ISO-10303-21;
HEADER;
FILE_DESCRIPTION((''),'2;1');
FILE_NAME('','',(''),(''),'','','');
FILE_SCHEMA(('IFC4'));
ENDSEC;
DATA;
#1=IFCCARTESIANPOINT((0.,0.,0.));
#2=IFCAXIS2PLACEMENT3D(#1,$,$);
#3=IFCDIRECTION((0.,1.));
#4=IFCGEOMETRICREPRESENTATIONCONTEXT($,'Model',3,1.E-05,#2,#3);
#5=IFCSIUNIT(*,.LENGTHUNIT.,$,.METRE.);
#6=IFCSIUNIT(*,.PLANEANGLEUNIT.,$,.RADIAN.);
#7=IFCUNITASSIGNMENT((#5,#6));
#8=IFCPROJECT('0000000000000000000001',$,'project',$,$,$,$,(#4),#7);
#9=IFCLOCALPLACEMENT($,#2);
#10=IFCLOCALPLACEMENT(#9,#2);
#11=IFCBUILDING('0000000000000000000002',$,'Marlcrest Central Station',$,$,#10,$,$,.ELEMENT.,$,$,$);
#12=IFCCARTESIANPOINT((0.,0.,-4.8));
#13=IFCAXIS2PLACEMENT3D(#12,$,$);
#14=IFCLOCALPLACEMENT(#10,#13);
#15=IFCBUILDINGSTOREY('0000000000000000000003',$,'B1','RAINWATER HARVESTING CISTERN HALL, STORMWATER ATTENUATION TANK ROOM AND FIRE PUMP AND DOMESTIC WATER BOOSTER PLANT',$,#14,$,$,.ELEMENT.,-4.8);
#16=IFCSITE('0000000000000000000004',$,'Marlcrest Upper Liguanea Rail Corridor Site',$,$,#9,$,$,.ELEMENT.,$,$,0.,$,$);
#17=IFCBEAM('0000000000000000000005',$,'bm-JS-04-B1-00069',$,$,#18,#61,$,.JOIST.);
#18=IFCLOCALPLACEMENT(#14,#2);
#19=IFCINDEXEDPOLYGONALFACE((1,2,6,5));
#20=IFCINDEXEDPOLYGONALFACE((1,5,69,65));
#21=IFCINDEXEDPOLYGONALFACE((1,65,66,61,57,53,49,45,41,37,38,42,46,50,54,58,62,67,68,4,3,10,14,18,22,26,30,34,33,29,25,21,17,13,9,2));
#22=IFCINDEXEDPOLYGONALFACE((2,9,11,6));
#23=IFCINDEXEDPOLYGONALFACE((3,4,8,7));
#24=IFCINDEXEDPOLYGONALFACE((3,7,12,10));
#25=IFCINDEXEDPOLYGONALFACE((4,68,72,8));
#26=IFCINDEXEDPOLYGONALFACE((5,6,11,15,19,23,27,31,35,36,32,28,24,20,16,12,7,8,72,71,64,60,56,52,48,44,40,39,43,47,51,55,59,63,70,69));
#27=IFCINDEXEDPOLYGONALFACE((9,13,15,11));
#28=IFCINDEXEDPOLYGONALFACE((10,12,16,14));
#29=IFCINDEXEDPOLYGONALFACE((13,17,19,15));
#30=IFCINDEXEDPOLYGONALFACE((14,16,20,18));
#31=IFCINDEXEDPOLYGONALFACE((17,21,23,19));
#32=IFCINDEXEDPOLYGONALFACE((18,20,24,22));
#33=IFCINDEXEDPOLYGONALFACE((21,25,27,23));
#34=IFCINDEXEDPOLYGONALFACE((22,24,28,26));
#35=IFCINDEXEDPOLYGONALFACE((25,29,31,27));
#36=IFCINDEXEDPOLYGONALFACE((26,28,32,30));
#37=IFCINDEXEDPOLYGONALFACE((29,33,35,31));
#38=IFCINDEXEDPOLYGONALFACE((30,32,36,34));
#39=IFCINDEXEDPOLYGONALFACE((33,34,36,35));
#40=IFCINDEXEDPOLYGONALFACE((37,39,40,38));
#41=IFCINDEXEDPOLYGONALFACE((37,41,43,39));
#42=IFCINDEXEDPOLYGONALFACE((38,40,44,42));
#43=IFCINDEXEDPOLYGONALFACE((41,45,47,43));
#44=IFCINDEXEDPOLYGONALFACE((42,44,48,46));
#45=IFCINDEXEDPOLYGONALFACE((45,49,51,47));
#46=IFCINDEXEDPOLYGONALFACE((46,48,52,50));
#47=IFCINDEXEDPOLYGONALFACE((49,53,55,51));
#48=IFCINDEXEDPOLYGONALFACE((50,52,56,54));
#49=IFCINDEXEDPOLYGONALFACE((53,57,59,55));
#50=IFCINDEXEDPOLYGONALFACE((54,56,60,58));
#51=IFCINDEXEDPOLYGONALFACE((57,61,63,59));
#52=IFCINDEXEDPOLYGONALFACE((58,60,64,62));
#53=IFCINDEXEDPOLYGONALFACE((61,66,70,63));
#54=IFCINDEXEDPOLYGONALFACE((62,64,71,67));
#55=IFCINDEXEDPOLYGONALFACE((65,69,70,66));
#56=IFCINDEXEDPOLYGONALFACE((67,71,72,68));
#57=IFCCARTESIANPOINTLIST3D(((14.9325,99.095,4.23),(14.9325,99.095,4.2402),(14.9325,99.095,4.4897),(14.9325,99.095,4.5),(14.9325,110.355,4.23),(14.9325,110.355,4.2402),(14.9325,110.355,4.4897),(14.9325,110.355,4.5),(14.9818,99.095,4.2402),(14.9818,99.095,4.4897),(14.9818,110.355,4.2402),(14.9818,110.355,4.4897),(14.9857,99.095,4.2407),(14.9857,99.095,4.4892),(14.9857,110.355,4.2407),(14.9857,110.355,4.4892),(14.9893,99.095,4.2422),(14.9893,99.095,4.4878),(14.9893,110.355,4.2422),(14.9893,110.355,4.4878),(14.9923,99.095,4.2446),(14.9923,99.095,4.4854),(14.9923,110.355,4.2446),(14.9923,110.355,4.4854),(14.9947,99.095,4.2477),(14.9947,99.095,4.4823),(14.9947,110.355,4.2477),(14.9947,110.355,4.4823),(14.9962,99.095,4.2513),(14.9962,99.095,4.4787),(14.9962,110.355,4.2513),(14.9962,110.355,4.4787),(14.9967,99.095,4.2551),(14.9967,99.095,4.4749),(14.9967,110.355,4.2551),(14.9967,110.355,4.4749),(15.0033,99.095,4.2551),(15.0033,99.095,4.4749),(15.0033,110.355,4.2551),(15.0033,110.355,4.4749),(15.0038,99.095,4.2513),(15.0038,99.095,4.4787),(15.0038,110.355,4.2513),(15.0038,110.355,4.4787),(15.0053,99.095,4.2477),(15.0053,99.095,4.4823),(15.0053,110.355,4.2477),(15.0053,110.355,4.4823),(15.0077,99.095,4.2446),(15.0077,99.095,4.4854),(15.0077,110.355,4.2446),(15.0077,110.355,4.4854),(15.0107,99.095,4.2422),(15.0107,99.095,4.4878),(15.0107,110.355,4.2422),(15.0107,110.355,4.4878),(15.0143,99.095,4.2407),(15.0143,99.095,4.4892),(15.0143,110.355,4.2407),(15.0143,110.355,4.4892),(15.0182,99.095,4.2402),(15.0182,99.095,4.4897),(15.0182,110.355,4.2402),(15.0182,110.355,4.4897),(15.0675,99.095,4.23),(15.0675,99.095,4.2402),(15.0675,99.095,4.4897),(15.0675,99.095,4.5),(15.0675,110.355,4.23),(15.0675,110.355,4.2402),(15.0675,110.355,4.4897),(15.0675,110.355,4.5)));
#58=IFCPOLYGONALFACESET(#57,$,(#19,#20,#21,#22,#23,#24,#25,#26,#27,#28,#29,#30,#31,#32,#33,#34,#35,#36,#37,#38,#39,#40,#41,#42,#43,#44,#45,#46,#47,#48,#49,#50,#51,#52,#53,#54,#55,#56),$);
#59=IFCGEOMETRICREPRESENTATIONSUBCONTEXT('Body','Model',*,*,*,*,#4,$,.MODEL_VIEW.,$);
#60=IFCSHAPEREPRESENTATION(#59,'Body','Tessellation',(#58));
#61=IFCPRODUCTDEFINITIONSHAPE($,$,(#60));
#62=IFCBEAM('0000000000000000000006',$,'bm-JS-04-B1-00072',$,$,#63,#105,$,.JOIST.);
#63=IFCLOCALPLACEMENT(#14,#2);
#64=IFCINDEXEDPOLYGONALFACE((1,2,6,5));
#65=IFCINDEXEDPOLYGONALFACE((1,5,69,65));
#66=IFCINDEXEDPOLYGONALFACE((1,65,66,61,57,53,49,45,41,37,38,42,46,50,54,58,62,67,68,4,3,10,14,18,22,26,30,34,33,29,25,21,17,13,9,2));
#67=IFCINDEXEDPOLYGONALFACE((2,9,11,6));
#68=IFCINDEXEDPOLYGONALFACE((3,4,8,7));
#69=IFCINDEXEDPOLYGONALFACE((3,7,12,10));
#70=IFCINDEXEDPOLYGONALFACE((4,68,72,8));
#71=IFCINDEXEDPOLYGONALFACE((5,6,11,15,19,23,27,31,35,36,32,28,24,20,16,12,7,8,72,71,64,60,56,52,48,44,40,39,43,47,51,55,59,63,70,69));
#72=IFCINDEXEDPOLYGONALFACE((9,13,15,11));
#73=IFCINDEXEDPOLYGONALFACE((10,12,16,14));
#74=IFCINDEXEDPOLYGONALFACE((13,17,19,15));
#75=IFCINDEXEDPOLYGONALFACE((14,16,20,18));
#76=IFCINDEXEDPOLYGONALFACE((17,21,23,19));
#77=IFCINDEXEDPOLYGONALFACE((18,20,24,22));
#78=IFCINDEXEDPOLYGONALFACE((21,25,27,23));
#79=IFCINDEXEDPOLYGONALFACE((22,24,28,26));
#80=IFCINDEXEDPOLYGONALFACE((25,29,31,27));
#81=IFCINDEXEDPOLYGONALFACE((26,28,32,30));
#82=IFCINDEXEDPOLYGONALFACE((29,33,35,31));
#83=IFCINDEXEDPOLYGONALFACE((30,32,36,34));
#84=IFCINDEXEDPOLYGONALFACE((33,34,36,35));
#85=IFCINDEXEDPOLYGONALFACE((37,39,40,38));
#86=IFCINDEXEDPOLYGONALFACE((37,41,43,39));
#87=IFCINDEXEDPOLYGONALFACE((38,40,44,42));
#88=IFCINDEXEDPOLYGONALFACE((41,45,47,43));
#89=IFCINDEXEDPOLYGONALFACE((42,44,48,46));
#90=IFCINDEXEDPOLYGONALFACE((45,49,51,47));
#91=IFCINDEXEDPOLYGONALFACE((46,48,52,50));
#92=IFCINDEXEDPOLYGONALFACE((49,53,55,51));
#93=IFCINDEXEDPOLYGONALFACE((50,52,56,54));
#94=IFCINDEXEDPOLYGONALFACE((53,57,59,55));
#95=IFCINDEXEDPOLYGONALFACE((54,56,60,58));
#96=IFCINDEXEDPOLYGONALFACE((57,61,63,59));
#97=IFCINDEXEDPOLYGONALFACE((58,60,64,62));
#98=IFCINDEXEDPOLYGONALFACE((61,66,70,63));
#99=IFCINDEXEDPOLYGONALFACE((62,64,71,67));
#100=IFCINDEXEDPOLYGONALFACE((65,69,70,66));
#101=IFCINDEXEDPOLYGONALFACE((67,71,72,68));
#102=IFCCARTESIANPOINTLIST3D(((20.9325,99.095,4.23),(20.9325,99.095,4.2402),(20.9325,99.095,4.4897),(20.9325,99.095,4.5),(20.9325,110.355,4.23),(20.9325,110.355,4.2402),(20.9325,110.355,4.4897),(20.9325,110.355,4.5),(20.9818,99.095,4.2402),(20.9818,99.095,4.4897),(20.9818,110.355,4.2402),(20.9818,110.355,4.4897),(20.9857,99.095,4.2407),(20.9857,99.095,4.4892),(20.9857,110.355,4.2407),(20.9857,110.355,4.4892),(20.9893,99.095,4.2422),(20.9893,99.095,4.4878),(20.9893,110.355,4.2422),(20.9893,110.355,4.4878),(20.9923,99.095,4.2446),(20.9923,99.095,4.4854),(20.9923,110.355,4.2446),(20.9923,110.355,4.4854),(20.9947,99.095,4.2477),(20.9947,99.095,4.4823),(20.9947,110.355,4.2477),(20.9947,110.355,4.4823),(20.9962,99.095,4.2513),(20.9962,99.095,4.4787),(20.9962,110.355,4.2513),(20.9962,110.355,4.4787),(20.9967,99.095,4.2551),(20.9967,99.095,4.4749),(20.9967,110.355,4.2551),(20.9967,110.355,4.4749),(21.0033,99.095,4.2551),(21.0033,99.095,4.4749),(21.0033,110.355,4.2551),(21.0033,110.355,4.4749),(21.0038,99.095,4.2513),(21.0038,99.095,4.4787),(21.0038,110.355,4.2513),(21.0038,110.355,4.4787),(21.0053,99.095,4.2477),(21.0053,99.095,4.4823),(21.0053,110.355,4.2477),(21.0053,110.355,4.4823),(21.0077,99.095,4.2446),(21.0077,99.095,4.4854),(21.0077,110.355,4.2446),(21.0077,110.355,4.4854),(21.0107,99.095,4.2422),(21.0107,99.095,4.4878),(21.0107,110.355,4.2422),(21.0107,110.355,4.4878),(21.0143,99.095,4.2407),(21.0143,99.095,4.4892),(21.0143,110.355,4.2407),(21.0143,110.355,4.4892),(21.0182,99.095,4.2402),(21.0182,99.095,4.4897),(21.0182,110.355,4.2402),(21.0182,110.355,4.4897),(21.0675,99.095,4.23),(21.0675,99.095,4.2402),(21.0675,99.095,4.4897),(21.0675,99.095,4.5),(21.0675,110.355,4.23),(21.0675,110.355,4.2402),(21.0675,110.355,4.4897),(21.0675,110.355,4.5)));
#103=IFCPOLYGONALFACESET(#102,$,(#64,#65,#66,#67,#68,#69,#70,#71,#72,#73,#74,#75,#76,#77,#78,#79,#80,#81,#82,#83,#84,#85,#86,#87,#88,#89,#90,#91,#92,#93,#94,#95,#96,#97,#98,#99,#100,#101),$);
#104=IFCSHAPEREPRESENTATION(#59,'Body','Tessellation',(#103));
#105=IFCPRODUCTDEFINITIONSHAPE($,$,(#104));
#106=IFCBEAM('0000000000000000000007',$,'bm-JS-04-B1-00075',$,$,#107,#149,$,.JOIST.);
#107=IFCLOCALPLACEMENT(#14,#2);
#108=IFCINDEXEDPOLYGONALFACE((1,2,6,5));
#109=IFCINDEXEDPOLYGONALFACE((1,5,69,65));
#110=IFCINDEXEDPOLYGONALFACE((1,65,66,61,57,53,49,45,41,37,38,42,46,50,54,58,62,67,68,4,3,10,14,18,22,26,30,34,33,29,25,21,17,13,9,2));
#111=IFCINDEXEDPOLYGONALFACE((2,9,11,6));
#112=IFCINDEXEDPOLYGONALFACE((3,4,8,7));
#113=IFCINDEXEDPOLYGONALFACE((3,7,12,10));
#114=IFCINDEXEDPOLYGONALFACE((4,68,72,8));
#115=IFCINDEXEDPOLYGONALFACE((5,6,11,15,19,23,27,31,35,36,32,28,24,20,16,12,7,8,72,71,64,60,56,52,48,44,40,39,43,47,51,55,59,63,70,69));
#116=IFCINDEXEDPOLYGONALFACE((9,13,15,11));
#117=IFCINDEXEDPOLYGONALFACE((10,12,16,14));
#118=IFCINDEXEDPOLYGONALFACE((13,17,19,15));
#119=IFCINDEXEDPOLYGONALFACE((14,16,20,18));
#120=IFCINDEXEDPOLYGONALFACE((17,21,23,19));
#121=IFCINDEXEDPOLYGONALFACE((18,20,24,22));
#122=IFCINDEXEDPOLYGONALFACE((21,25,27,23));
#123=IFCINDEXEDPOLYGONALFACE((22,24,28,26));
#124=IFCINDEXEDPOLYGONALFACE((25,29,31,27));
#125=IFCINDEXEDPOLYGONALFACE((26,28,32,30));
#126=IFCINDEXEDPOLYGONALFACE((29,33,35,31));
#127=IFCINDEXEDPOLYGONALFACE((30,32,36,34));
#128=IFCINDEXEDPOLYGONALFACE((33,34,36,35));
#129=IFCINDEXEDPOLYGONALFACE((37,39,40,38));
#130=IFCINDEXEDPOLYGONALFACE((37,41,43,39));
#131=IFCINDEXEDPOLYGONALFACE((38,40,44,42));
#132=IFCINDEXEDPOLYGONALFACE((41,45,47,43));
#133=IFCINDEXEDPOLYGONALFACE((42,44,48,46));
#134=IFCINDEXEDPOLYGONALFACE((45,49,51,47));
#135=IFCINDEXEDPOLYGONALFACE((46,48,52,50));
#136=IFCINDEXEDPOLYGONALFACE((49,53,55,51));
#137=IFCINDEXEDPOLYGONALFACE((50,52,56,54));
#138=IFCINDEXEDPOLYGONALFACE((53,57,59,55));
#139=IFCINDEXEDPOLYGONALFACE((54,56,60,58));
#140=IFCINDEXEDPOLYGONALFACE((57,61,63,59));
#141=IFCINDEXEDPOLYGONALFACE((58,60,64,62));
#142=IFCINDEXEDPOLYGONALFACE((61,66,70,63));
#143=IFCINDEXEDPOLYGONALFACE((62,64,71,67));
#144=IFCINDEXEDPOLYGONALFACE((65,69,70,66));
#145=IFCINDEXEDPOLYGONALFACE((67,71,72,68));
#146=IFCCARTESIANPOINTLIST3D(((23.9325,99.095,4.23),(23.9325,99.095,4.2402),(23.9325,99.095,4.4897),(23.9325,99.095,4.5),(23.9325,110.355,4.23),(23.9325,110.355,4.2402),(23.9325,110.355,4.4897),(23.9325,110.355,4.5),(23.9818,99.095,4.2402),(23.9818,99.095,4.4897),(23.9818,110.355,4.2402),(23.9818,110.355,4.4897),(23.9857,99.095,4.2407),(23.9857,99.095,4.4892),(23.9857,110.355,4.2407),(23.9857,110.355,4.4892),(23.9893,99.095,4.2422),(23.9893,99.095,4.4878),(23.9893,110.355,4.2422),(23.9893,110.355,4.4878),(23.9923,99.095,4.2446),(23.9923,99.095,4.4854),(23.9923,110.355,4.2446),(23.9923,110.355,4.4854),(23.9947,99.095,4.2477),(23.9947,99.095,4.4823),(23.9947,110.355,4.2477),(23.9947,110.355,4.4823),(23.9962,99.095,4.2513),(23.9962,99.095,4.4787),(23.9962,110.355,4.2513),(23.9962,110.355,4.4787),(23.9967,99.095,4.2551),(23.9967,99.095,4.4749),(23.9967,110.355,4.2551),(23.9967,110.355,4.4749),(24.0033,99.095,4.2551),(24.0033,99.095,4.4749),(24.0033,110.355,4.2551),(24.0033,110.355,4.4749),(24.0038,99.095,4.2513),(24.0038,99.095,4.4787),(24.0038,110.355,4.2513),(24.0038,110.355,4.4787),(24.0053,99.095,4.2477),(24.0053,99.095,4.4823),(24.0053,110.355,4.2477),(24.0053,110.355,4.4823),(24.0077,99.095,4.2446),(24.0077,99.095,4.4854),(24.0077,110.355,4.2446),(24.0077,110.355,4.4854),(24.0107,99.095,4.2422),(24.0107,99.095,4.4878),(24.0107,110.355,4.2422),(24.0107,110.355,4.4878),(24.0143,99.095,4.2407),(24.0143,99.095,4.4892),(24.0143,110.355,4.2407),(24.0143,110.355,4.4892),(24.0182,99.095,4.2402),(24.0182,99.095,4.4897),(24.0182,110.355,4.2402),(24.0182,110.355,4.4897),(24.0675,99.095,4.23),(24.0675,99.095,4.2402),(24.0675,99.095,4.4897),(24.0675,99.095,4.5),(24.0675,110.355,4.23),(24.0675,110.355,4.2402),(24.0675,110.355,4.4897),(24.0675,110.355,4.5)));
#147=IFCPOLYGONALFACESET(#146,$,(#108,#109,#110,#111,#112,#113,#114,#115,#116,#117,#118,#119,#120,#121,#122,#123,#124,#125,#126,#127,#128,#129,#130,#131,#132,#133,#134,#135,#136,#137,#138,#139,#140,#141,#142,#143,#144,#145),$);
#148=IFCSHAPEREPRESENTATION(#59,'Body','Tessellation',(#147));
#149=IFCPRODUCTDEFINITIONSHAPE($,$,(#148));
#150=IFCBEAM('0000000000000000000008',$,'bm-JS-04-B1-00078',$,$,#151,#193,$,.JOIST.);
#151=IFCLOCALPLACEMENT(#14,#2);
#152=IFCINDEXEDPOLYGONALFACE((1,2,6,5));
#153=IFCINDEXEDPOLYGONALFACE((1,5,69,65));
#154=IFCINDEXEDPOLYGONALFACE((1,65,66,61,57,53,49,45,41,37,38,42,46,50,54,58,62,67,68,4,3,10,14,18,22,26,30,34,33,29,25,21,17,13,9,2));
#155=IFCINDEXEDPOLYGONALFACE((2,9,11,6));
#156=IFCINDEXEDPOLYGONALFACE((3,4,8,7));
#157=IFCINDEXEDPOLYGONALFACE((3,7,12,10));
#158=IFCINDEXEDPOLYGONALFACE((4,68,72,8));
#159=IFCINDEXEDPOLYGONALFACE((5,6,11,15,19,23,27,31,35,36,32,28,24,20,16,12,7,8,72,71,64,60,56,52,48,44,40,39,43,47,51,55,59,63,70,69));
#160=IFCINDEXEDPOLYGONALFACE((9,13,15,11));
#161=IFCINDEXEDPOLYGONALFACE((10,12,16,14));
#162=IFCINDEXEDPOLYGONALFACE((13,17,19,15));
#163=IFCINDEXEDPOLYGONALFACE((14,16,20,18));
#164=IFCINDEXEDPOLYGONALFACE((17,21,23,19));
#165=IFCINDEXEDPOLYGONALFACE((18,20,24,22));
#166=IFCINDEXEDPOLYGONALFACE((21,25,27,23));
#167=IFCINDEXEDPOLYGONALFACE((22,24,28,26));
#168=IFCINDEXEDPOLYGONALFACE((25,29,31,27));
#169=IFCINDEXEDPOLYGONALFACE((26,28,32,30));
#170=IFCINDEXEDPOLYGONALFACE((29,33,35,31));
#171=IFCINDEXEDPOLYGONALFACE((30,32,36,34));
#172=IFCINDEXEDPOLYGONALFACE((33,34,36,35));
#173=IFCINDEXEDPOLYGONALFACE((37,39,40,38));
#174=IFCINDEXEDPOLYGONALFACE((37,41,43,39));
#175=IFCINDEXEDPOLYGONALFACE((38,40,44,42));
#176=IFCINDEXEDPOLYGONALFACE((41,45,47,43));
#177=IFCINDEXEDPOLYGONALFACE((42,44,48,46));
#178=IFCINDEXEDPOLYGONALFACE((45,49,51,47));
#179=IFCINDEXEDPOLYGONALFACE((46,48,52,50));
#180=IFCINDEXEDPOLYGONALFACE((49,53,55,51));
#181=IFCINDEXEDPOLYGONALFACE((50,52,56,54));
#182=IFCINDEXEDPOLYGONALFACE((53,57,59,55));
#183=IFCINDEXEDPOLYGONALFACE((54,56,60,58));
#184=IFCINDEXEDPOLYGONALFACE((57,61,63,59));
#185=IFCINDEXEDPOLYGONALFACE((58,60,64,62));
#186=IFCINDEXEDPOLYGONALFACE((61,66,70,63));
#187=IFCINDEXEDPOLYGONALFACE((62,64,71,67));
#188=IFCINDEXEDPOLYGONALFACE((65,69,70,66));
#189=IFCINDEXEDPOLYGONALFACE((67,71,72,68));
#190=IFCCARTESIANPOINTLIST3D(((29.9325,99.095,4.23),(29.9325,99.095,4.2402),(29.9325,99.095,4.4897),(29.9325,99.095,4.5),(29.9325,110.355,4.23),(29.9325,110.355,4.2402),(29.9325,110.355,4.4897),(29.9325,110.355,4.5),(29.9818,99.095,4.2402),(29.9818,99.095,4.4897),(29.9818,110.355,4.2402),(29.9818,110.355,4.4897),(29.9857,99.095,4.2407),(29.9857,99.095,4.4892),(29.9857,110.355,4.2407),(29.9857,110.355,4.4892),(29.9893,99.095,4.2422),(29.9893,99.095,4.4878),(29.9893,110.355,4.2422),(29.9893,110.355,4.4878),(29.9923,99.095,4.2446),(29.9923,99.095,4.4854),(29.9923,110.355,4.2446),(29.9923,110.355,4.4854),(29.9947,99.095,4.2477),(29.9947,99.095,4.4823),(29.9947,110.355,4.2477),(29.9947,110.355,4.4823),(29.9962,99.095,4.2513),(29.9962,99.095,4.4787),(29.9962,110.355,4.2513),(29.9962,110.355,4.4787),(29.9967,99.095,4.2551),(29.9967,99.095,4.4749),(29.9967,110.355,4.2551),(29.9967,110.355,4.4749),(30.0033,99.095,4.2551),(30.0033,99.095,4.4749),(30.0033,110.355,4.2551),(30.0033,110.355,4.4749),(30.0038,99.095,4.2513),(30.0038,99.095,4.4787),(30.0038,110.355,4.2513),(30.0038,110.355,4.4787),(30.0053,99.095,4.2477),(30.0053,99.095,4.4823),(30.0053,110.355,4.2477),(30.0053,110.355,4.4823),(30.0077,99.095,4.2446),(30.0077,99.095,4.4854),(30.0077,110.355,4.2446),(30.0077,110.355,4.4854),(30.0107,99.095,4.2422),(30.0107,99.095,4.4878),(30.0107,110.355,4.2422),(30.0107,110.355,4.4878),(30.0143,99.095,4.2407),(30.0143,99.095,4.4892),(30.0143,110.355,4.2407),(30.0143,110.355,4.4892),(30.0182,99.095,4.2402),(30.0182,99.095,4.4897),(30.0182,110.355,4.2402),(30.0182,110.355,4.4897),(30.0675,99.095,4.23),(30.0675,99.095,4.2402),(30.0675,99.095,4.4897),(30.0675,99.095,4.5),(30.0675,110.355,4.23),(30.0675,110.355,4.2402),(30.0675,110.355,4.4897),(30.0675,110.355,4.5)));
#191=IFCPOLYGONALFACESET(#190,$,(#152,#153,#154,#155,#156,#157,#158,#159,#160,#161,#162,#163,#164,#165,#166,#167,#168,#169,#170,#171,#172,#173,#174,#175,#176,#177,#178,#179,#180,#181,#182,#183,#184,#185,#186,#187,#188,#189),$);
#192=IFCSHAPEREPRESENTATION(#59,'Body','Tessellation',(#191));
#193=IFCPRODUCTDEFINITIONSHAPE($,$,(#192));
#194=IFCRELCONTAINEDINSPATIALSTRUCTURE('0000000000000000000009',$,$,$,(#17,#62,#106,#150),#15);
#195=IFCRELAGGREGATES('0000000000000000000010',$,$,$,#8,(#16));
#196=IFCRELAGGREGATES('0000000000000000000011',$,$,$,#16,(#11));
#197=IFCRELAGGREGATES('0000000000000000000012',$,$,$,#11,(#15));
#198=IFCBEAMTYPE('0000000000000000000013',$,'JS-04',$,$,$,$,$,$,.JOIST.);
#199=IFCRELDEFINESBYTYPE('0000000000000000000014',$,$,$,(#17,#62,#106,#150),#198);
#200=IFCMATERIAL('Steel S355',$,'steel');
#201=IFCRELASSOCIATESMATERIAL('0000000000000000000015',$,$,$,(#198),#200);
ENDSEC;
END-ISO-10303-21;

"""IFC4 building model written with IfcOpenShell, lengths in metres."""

from ifc_helpers import new_model, si_unit, direction, frame, origin, origin_2d, place, context, subcontext, project, spatial, i_section, extrude, material, material_profile, profile_set, type_object, element, save


model = new_model("IFC4")

# Units and contexts
model_context = context("Model", 3, precision=1e-05, world=origin(), true_north=direction((0.0, 1.0)))
body_context = subcontext(model_context, "Body", "Model", "MODEL_VIEW")
ifc_project = project(units=[si_unit("LENGTHUNIT", "METRE"), si_unit("PLANEANGLEUNIT", "RADIAN")], contexts=[model_context])

# Site, building, storey
site_placement = place(None, origin())
site = spatial("IfcSite", under=ifc_project, at=site_placement, Name="Marlcrest Upper Liguanea Rail Corridor Site", CompositionType="ELEMENT", RefElevation=0.0)
building_placement = place(site_placement, origin())
building = spatial("IfcBuilding", under=site, at=building_placement, Name="Marlcrest Central Station", CompositionType="ELEMENT")
storey_placement = place(building_placement, frame((0.0, 0.0, -4.8)))
storey = spatial("IfcBuildingStorey", under=building, at=storey_placement, Name="B1", Description="RAINWATER HARVESTING CISTERN HALL, STORMWATER ATTENUATION TANK ROOM AND FIRE PUMP AND DOMESTIC WATER BOOSTER PLANT", CompositionType="ELEMENT", Elevation=-4.8)

# Beams
ifc_material_1 = material(Name="Steel S355", Category="steel")
ifc_material_profile_1 = material_profile(ifc_material_1, i_section(OverallWidth=0.135, OverallDepth=0.27, WebThickness=0.0066, FlangeThickness=0.0103, FilletRadius=0.0149, at=origin_2d()), Name="IPE 270")
ifc_profile_set_1 = profile_set([ifc_material_profile_1], Name="Steel S355")
beam_type_1 = type_object("IfcBeamType", Name="JS-04", PredefinedType="JOIST", material=ifc_profile_set_1)
for number, where, z_axis, x_axis, name in (
    (1, (15.0, 99.095, 4.365), (0.0, 1.0, 0.0), (-1.0, 0.0, 0.0), "bm-JS-04-B1-00069"),
    (2, (21.0, 99.095, 4.365), (0.0, 1.0, 0.0), (-1.0, 0.0, 0.0), "bm-JS-04-B1-00072"),
    (3, (24.0, 99.095, 4.365), (0.0, 1.0, 0.0), (-1.0, 0.0, 0.0), "bm-JS-04-B1-00075"),
    (4, (30.0, 99.095, 4.365), (0.0, 1.0, 0.0), (-1.0, 0.0, 0.0), "bm-JS-04-B1-00078"),
):
    element("IfcBeam", number, at=place(storey_placement, frame(where, z_axis=z_axis, x_axis=x_axis)), inside=storey, type_object=beam_type_1, Name=name, PredefinedType="JOIST", context=body_context, shape_type="SweptSolid", body=[
        extrude(i_section(OverallWidth=0.135, OverallDepth=0.27, WebThickness=0.0066, FlangeThickness=0.0103, FilletRadius=0.0149, at=origin_2d()), origin(), (0.0, 0.0, 1.0), 11.26),
    ])

save(model, "model.ifc")
